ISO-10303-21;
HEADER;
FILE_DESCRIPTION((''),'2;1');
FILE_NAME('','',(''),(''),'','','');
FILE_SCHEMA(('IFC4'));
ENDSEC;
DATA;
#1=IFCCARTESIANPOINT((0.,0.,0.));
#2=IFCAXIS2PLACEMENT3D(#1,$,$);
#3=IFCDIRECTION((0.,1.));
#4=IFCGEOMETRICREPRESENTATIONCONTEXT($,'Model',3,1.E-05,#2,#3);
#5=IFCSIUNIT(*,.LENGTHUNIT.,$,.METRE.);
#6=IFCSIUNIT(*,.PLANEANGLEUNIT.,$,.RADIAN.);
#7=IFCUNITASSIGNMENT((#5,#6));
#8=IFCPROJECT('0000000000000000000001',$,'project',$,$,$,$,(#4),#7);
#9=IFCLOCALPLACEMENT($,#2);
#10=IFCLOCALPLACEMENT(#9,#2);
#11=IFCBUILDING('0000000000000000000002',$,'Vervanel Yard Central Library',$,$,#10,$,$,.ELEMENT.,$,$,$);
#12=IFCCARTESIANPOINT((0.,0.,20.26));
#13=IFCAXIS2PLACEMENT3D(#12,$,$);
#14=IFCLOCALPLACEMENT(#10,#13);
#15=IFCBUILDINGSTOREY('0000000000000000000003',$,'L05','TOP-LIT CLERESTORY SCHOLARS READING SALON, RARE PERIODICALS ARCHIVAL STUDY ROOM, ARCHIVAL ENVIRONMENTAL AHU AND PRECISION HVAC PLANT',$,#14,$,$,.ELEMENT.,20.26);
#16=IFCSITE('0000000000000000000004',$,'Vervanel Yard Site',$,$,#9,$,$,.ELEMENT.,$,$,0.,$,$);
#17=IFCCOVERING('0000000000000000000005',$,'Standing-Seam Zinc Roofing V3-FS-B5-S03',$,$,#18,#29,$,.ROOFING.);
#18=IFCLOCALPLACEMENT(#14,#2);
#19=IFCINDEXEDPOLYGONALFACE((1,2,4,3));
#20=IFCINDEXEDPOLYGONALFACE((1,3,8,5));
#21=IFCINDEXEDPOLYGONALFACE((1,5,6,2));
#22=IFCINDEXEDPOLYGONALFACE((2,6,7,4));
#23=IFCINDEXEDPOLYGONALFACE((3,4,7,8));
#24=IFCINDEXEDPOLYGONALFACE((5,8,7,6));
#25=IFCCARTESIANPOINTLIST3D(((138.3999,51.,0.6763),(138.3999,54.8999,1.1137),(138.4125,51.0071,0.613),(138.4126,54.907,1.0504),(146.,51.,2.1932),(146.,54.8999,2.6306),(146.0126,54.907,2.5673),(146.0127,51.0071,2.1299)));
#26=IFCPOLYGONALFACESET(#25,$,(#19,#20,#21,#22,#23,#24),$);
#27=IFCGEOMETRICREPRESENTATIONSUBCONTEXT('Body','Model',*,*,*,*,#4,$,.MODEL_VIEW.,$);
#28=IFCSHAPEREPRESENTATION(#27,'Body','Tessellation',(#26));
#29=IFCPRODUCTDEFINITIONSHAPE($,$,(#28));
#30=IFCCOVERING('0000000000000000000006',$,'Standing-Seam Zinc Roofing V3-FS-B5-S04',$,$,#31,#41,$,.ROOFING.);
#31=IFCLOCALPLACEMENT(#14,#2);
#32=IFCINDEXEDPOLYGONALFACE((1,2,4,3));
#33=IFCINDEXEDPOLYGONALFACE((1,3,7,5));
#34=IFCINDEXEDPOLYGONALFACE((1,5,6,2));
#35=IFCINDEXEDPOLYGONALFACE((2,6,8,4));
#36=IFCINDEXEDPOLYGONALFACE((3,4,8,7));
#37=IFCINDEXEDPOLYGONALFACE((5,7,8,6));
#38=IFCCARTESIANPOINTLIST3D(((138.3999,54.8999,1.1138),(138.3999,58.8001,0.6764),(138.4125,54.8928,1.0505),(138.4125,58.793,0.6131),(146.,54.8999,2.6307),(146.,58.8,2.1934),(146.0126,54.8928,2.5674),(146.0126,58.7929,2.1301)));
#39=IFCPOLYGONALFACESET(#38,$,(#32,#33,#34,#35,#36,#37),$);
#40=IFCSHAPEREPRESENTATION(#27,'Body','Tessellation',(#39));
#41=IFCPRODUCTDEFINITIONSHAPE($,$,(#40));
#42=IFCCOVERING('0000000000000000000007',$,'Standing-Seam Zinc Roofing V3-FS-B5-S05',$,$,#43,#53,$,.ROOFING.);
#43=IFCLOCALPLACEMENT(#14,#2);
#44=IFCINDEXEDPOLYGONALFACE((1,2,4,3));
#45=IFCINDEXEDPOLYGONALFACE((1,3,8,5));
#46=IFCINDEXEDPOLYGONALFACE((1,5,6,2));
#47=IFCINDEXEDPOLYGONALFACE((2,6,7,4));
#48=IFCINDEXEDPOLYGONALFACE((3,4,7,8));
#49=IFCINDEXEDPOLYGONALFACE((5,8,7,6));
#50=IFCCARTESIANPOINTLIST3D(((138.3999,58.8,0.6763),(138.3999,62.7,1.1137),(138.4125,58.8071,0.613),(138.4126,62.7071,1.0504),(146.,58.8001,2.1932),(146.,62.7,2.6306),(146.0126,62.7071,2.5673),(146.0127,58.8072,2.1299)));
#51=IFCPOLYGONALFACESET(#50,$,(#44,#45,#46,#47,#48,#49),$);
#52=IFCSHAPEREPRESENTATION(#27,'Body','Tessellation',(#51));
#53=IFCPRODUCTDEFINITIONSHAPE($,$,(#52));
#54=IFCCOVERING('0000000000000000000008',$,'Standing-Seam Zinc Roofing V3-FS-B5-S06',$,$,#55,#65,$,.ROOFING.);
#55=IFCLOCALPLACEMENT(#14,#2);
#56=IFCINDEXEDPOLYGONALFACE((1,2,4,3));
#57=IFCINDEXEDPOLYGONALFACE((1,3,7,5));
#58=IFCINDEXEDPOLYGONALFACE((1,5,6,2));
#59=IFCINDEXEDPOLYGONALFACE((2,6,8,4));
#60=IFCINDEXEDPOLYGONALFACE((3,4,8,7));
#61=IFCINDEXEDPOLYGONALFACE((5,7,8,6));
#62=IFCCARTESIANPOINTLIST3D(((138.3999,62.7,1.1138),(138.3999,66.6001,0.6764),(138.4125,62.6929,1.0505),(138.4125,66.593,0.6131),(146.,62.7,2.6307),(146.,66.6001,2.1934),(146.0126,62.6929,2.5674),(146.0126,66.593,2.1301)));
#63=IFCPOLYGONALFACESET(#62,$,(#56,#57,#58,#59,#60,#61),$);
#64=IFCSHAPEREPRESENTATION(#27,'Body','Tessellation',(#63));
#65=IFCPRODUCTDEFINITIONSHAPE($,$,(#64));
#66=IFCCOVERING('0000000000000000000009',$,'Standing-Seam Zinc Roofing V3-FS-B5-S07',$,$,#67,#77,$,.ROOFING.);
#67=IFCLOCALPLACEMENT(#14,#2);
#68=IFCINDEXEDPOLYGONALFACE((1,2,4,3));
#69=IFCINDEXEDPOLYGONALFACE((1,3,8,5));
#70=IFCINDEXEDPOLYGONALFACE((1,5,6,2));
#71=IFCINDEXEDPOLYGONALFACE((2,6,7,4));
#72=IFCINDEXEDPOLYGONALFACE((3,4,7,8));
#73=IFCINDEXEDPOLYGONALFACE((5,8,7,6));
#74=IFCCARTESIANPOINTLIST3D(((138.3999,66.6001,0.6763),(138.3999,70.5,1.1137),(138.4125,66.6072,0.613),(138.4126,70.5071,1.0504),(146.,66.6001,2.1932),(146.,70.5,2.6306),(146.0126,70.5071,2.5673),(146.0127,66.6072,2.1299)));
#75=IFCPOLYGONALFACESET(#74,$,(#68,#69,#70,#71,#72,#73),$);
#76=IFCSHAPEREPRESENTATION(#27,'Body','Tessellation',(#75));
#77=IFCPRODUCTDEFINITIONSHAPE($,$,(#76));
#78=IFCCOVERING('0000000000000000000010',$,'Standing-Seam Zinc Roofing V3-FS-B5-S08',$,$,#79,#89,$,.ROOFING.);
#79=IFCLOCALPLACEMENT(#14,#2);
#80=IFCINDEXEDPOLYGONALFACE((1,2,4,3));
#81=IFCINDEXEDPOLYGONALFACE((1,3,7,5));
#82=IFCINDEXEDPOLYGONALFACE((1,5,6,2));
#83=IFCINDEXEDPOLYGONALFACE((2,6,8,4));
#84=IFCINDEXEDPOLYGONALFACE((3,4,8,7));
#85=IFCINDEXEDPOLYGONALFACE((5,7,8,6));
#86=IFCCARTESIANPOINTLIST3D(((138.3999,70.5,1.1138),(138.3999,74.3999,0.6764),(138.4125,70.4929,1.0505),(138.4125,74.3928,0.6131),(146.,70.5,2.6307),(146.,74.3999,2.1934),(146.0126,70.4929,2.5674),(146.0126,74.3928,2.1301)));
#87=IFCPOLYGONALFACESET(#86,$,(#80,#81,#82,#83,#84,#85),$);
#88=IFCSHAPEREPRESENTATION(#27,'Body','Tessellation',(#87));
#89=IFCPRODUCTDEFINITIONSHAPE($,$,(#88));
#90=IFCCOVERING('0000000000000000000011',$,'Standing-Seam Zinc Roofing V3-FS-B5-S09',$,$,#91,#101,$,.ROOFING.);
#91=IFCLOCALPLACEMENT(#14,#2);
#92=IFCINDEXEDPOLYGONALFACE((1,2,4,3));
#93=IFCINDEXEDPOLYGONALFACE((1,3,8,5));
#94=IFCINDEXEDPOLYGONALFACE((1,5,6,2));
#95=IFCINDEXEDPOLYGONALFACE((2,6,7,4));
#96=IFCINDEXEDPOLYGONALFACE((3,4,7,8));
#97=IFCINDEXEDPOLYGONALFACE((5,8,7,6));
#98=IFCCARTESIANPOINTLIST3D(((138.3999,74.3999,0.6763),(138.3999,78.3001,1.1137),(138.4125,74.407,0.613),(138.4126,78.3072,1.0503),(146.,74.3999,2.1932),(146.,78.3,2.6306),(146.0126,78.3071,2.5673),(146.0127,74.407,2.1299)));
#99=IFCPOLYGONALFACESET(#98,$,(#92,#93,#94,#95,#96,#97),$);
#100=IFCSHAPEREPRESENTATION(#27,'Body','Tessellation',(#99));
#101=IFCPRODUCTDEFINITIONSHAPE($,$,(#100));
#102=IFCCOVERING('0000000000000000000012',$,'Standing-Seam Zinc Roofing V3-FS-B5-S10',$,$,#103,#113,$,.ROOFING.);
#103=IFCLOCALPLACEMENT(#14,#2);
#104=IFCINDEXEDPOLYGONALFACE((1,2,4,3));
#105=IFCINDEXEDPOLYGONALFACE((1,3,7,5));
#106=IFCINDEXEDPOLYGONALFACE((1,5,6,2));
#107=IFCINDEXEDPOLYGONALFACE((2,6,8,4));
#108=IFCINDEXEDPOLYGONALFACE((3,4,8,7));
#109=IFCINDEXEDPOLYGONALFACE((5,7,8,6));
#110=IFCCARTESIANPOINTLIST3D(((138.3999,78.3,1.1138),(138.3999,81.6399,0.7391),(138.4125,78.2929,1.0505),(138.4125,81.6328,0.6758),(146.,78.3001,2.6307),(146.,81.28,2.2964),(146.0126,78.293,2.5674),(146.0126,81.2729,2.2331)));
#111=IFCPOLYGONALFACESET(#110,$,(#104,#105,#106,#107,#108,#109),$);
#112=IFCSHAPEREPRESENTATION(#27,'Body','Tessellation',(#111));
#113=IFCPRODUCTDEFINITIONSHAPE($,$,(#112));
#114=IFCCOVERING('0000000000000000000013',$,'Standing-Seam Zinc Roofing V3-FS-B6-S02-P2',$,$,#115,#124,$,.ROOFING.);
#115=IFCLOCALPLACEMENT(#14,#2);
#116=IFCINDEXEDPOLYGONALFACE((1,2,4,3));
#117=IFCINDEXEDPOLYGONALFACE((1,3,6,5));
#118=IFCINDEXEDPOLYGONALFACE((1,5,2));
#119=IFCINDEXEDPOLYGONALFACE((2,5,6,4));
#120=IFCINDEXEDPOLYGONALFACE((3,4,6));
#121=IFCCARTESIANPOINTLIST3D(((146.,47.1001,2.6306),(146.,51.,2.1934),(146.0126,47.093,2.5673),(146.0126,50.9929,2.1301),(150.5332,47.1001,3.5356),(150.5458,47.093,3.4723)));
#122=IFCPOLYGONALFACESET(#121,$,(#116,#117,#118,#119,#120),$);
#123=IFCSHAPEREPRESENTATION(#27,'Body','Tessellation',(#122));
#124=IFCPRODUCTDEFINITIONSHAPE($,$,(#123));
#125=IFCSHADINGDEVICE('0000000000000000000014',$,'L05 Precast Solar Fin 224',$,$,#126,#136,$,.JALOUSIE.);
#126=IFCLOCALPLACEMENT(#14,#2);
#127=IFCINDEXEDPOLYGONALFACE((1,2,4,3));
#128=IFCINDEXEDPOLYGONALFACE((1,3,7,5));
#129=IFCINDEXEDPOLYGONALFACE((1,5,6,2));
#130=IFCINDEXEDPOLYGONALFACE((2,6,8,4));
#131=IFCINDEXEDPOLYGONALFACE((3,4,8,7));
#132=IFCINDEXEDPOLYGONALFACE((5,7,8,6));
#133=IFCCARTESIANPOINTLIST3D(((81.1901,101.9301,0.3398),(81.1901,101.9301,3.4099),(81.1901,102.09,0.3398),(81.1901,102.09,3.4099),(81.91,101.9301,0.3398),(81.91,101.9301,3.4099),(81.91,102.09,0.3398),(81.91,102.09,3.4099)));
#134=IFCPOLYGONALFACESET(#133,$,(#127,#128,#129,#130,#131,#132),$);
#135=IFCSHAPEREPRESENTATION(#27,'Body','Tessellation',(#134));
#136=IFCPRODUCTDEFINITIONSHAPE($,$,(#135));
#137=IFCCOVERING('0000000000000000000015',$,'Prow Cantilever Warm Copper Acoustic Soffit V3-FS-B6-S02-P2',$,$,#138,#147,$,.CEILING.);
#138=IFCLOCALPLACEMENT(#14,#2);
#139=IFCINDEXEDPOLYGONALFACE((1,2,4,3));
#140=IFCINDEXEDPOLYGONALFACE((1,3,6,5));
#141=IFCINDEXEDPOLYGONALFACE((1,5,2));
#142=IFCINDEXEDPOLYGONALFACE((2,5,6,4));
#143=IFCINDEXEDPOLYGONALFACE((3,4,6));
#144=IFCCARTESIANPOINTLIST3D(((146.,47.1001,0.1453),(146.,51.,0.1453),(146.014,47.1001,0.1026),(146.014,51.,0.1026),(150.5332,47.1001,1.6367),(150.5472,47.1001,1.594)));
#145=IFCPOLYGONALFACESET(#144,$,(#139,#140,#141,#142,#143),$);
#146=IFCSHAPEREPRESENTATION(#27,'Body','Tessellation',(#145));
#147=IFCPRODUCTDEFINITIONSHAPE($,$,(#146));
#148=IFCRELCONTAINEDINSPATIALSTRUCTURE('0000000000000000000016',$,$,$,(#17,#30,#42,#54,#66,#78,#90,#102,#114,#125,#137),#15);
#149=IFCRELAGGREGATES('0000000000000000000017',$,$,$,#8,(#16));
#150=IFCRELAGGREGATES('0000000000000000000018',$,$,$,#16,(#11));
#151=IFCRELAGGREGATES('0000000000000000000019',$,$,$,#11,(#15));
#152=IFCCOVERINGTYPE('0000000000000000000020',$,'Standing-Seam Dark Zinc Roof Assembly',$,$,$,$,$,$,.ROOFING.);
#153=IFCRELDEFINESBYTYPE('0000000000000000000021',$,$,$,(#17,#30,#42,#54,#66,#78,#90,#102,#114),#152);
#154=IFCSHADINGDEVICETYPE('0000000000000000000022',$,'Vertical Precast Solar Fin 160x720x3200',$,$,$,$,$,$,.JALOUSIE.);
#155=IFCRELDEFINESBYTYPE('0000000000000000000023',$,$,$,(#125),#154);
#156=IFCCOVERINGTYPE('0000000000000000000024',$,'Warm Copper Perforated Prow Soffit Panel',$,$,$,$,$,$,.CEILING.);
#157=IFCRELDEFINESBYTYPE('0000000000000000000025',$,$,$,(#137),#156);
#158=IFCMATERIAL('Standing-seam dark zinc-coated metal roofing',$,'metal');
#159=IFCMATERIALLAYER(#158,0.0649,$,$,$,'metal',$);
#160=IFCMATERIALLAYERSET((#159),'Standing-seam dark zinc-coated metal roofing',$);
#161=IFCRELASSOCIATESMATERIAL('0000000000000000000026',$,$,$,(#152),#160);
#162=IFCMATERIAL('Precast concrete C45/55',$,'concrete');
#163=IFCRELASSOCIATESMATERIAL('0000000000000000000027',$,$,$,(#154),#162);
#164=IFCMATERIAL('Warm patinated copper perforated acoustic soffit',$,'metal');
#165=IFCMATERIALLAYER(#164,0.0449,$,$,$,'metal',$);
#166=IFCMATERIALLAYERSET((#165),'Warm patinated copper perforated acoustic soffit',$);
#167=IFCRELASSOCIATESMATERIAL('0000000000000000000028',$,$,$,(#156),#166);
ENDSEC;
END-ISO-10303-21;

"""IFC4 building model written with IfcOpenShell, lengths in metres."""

from ifc_helpers import new_model, si_unit, direction, frame, origin, origin_2d, place, context, subcontext, project, spatial, polyline, rectangle, outline, extrude, material, layer, layer_set, type_object, element, save


model = new_model("IFC4")

# Units and contexts
model_context = context("Model", 3, precision=1e-05, world=origin(), true_north=direction((0.0, 1.0)))
body_context = subcontext(model_context, "Body", "Model", "MODEL_VIEW")
ifc_project = project(units=[si_unit("LENGTHUNIT", "METRE"), si_unit("PLANEANGLEUNIT", "RADIAN")], contexts=[model_context])

# Site, building, storey
site_placement = place(None, origin())
site = spatial("IfcSite", under=ifc_project, at=site_placement, Name="Vervanel Yard Site", CompositionType="ELEMENT", RefElevation=0.0)
building_placement = place(site_placement, origin())
building = spatial("IfcBuilding", under=site, at=building_placement, Name="Vervanel Yard Central Library", CompositionType="ELEMENT")
storey_placement = place(building_placement, frame((0.0, 0.0, 20.26)))
storey = spatial("IfcBuildingStorey", under=building, at=storey_placement, Name="L05", Description="TOP-LIT CLERESTORY SCHOLARS READING SALON, RARE PERIODICALS ARCHIVAL STUDY ROOM, ARCHIVAL ENVIRONMENTAL AHU AND PRECISION HVAC PLANT", CompositionType="ELEMENT", Elevation=20.26)

# Coverings
ifc_material_1 = material(Name="Standing-seam dark zinc-coated metal roofing", Category="metal")
ifc_layer_1 = layer(ifc_material_1, 0.0649, Category="metal")
ifc_layer_set_1 = layer_set([ifc_layer_1], Name="Standing-seam dark zinc-coated metal roofing")
covering_type_1 = type_object("IfcCoveringType", Name="Standing-Seam Dark Zinc Roof Assembly", PredefinedType="ROOFING", material=ifc_layer_set_1)
covering_1_placement = place(storey_placement, frame((138.3999, 51.0, 0.6763), z_axis=(-0.194564, -0.109322, 0.974779), x_axis=(0.980656, 0.000002, 0.195738)))
element("IfcCovering", 1, at=covering_1_placement, inside=storey, type_object=covering_type_1, Name="Standing-Seam Zinc Roofing V3-FS-B5-S03", PredefinedType="ROOFING", context=body_context, shape_type="SweptSolid", body=[
    extrude(outline(polyline([(0.0, 0.0), (7.75, 0.0), (7.8356, 3.9234), (0.0856, 3.9234), (0.0, 0.0)])), origin(), (0.0, 0.0, -1.0), 0.0649),
])
covering_2_placement = place(storey_placement, frame((138.3999, 54.8999, 1.1138), z_axis=(-0.194564, 0.109316, 0.974779), x_axis=(0.980656, 0.000002, 0.195737)))
element("IfcCovering", 2, at=covering_2_placement, inside=storey, type_object=covering_type_1, Name="Standing-Seam Zinc Roofing V3-FS-B5-S04", PredefinedType="ROOFING", context=body_context, shape_type="SweptSolid", body=[
    extrude(outline(polyline([(0.0, 0.0), (7.75, 0.0), (7.6644, 3.9236), (-0.0856, 3.9237), (0.0, 0.0)])), origin(), (0.0, 0.0, -1.0), 0.0649),
])
covering_3_placement = place(storey_placement, frame((138.3999, 58.8, 0.6763), z_axis=(-0.194564, -0.109322, 0.974779), x_axis=(0.980656, 0.000002, 0.195738)))
element("IfcCovering", 3, at=covering_3_placement, inside=storey, type_object=covering_type_1, Name="Standing-Seam Zinc Roofing V3-FS-B5-S05", PredefinedType="ROOFING", context=body_context, shape_type="SweptSolid", body=[
    extrude(outline(polyline([(0.0, 0.0), (7.75, 0.0), (7.8356, 3.9234), (0.0856, 3.9234), (0.0, 0.0)])), origin(), (0.0, 0.0, -1.0), 0.0649),
])
covering_4_placement = place(storey_placement, frame((138.3999, 62.7, 1.1138), z_axis=(-0.194564, 0.109316, 0.974779), x_axis=(0.980656, 0.000002, 0.195737)))
element("IfcCovering", 4, at=covering_4_placement, inside=storey, type_object=covering_type_1, Name="Standing-Seam Zinc Roofing V3-FS-B5-S06", PredefinedType="ROOFING", context=body_context, shape_type="SweptSolid", body=[
    extrude(outline(polyline([(0.0, 0.0), (7.75, 0.0), (7.6644, 3.9236), (-0.0856, 3.9237), (0.0, 0.0)])), origin(), (0.0, 0.0, -1.0), 0.0649),
])
covering_5_placement = place(storey_placement, frame((138.3999, 66.6001, 0.6763), z_axis=(-0.194564, -0.109322, 0.974779), x_axis=(0.980656, 0.000002, 0.195738)))
element("IfcCovering", 5, at=covering_5_placement, inside=storey, type_object=covering_type_1, Name="Standing-Seam Zinc Roofing V3-FS-B5-S07", PredefinedType="ROOFING", context=body_context, shape_type="SweptSolid", body=[
    extrude(outline(polyline([(0.0, 0.0), (7.75, 0.0), (7.8356, 3.9234), (0.0856, 3.9234), (0.0, 0.0)])), origin(), (0.0, 0.0, -1.0), 0.0649),
])
covering_6_placement = place(storey_placement, frame((138.3999, 70.5, 1.1138), z_axis=(-0.194564, 0.109322, 0.974779), x_axis=(0.980656, 0.000002, 0.195737)))
element("IfcCovering", 6, at=covering_6_placement, inside=storey, type_object=covering_type_1, Name="Standing-Seam Zinc Roofing V3-FS-B5-S08", PredefinedType="ROOFING", context=body_context, shape_type="SweptSolid", body=[
    extrude(outline(polyline([(0.0, 0.0), (7.75, 0.0), (7.6644, 3.9234), (-0.0856, 3.9234), (0.0, 0.0)])), origin(), (0.0, 0.0, -1.0), 0.0649),
])
covering_7_placement = place(storey_placement, frame((138.3999, 74.3999, 0.6763), z_axis=(-0.194564, -0.109316, 0.974779), x_axis=(0.980656, 0.000002, 0.195738)))
element("IfcCovering", 7, at=covering_7_placement, inside=storey, type_object=covering_type_1, Name="Standing-Seam Zinc Roofing V3-FS-B5-S09", PredefinedType="ROOFING", context=body_context, shape_type="SweptSolid", body=[
    extrude(outline(polyline([(0.0, 0.0), (7.75, 0.0), (7.8356, 3.9236), (0.0856, 3.9237), (0.0, 0.0)])), origin(), (0.0, 0.0, -1.0), 0.0649),
])
covering_8_placement = place(storey_placement, frame((138.3999, 78.3, 1.1138), z_axis=(-0.194558, 0.109354, 0.974776), x_axis=(0.980657, 0.000001, 0.195732)))
element("IfcCovering", 8, at=covering_8_placement, inside=storey, type_object=covering_type_1, Name="Standing-Seam Zinc Roofing V3-FS-B5-S10", PredefinedType="ROOFING", context=body_context, shape_type="SweptSolid", body=[
    extrude(outline(polyline([(0.0, 0.0), (7.75, 0.0), (7.6846, 2.998), (-0.0733, 3.36), (0.0, 0.0)])), origin(), (0.0, 0.0, -1.0), 0.0649),
])
covering_9_placement = place(storey_placement, frame((146.0, 51.0, 2.1934), z_axis=(-0.194608, 0.109291, 0.974773), x_axis=(0.739669, -0.636335, 0.219016)))
element("IfcCovering", 9, at=covering_9_placement, inside=storey, type_object=covering_type_1, Name="Standing-Seam Zinc Roofing V3-FS-B6-S02-P2", PredefinedType="ROOFING", context=body_context, shape_type="SweptSolid", body=[
    extrude(outline(polyline([(2.5774, -2.9593), (6.1287, 0.0), (0.0, 0.0), (2.5774, -2.9593)])), origin(), (0.0, 0.0, -1.0), 0.0649),
])

# Shading device
ifc_material_2 = material(Name="Precast concrete C45/55", Category="concrete")
shading_device_type = type_object("IfcShadingDeviceType", Name="Vertical Precast Solar Fin 160x720x3200", PredefinedType="JALOUSIE", material=ifc_material_2)
shading_device_placement = place(storey_placement, frame((81.55, 102.01, 0.3398), z_axis=(0.0, 0.0, 1.0), x_axis=(0.0, 1.0, 0.0)))
element("IfcShadingDevice", 10, at=shading_device_placement, inside=storey, type_object=shading_device_type, Name="L05 Precast Solar Fin 224", PredefinedType="JALOUSIE", context=body_context, shape_type="SweptSolid", body=[
    extrude(rectangle(XDim=0.1599, YDim=0.72, at=origin_2d()), origin(), (0.0, 0.0, 1.0), 3.0701),
])

# Covering
ifc_material_3 = material(Name="Warm patinated copper perforated acoustic soffit", Category="metal")
ifc_layer_2 = layer(ifc_material_3, 0.0449, Category="metal")
ifc_layer_set_2 = layer_set([ifc_layer_2], Name="Warm patinated copper perforated acoustic soffit")
covering_type_2 = type_object("IfcCoveringType", Name="Warm Copper Perforated Prow Soffit Panel", PredefinedType="CEILING", material=ifc_layer_set_2)
covering_10_placement = place(storey_placement, frame((146.0, 51.0, 0.1453), z_axis=(-0.312527, 0.0, 0.949909), x_axis=(0.735541, -0.632784, 0.241998)))
element("IfcCovering", 11, at=covering_10_placement, inside=storey, type_object=covering_type_2, Name="Prow Cantilever Warm Copper Acoustic Soffit V3-FS-B6-S02-P2", PredefinedType="CEILING", context=body_context, shape_type="SweptSolid", body=[
    extrude(outline(polyline([(2.4678, -3.0198), (6.1631, 0.0), (0.0, 0.0), (2.4678, -3.0198)])), origin(), (0.0, 0.0, -1.0), 0.0449),
])

save(model, "model.ifc")
